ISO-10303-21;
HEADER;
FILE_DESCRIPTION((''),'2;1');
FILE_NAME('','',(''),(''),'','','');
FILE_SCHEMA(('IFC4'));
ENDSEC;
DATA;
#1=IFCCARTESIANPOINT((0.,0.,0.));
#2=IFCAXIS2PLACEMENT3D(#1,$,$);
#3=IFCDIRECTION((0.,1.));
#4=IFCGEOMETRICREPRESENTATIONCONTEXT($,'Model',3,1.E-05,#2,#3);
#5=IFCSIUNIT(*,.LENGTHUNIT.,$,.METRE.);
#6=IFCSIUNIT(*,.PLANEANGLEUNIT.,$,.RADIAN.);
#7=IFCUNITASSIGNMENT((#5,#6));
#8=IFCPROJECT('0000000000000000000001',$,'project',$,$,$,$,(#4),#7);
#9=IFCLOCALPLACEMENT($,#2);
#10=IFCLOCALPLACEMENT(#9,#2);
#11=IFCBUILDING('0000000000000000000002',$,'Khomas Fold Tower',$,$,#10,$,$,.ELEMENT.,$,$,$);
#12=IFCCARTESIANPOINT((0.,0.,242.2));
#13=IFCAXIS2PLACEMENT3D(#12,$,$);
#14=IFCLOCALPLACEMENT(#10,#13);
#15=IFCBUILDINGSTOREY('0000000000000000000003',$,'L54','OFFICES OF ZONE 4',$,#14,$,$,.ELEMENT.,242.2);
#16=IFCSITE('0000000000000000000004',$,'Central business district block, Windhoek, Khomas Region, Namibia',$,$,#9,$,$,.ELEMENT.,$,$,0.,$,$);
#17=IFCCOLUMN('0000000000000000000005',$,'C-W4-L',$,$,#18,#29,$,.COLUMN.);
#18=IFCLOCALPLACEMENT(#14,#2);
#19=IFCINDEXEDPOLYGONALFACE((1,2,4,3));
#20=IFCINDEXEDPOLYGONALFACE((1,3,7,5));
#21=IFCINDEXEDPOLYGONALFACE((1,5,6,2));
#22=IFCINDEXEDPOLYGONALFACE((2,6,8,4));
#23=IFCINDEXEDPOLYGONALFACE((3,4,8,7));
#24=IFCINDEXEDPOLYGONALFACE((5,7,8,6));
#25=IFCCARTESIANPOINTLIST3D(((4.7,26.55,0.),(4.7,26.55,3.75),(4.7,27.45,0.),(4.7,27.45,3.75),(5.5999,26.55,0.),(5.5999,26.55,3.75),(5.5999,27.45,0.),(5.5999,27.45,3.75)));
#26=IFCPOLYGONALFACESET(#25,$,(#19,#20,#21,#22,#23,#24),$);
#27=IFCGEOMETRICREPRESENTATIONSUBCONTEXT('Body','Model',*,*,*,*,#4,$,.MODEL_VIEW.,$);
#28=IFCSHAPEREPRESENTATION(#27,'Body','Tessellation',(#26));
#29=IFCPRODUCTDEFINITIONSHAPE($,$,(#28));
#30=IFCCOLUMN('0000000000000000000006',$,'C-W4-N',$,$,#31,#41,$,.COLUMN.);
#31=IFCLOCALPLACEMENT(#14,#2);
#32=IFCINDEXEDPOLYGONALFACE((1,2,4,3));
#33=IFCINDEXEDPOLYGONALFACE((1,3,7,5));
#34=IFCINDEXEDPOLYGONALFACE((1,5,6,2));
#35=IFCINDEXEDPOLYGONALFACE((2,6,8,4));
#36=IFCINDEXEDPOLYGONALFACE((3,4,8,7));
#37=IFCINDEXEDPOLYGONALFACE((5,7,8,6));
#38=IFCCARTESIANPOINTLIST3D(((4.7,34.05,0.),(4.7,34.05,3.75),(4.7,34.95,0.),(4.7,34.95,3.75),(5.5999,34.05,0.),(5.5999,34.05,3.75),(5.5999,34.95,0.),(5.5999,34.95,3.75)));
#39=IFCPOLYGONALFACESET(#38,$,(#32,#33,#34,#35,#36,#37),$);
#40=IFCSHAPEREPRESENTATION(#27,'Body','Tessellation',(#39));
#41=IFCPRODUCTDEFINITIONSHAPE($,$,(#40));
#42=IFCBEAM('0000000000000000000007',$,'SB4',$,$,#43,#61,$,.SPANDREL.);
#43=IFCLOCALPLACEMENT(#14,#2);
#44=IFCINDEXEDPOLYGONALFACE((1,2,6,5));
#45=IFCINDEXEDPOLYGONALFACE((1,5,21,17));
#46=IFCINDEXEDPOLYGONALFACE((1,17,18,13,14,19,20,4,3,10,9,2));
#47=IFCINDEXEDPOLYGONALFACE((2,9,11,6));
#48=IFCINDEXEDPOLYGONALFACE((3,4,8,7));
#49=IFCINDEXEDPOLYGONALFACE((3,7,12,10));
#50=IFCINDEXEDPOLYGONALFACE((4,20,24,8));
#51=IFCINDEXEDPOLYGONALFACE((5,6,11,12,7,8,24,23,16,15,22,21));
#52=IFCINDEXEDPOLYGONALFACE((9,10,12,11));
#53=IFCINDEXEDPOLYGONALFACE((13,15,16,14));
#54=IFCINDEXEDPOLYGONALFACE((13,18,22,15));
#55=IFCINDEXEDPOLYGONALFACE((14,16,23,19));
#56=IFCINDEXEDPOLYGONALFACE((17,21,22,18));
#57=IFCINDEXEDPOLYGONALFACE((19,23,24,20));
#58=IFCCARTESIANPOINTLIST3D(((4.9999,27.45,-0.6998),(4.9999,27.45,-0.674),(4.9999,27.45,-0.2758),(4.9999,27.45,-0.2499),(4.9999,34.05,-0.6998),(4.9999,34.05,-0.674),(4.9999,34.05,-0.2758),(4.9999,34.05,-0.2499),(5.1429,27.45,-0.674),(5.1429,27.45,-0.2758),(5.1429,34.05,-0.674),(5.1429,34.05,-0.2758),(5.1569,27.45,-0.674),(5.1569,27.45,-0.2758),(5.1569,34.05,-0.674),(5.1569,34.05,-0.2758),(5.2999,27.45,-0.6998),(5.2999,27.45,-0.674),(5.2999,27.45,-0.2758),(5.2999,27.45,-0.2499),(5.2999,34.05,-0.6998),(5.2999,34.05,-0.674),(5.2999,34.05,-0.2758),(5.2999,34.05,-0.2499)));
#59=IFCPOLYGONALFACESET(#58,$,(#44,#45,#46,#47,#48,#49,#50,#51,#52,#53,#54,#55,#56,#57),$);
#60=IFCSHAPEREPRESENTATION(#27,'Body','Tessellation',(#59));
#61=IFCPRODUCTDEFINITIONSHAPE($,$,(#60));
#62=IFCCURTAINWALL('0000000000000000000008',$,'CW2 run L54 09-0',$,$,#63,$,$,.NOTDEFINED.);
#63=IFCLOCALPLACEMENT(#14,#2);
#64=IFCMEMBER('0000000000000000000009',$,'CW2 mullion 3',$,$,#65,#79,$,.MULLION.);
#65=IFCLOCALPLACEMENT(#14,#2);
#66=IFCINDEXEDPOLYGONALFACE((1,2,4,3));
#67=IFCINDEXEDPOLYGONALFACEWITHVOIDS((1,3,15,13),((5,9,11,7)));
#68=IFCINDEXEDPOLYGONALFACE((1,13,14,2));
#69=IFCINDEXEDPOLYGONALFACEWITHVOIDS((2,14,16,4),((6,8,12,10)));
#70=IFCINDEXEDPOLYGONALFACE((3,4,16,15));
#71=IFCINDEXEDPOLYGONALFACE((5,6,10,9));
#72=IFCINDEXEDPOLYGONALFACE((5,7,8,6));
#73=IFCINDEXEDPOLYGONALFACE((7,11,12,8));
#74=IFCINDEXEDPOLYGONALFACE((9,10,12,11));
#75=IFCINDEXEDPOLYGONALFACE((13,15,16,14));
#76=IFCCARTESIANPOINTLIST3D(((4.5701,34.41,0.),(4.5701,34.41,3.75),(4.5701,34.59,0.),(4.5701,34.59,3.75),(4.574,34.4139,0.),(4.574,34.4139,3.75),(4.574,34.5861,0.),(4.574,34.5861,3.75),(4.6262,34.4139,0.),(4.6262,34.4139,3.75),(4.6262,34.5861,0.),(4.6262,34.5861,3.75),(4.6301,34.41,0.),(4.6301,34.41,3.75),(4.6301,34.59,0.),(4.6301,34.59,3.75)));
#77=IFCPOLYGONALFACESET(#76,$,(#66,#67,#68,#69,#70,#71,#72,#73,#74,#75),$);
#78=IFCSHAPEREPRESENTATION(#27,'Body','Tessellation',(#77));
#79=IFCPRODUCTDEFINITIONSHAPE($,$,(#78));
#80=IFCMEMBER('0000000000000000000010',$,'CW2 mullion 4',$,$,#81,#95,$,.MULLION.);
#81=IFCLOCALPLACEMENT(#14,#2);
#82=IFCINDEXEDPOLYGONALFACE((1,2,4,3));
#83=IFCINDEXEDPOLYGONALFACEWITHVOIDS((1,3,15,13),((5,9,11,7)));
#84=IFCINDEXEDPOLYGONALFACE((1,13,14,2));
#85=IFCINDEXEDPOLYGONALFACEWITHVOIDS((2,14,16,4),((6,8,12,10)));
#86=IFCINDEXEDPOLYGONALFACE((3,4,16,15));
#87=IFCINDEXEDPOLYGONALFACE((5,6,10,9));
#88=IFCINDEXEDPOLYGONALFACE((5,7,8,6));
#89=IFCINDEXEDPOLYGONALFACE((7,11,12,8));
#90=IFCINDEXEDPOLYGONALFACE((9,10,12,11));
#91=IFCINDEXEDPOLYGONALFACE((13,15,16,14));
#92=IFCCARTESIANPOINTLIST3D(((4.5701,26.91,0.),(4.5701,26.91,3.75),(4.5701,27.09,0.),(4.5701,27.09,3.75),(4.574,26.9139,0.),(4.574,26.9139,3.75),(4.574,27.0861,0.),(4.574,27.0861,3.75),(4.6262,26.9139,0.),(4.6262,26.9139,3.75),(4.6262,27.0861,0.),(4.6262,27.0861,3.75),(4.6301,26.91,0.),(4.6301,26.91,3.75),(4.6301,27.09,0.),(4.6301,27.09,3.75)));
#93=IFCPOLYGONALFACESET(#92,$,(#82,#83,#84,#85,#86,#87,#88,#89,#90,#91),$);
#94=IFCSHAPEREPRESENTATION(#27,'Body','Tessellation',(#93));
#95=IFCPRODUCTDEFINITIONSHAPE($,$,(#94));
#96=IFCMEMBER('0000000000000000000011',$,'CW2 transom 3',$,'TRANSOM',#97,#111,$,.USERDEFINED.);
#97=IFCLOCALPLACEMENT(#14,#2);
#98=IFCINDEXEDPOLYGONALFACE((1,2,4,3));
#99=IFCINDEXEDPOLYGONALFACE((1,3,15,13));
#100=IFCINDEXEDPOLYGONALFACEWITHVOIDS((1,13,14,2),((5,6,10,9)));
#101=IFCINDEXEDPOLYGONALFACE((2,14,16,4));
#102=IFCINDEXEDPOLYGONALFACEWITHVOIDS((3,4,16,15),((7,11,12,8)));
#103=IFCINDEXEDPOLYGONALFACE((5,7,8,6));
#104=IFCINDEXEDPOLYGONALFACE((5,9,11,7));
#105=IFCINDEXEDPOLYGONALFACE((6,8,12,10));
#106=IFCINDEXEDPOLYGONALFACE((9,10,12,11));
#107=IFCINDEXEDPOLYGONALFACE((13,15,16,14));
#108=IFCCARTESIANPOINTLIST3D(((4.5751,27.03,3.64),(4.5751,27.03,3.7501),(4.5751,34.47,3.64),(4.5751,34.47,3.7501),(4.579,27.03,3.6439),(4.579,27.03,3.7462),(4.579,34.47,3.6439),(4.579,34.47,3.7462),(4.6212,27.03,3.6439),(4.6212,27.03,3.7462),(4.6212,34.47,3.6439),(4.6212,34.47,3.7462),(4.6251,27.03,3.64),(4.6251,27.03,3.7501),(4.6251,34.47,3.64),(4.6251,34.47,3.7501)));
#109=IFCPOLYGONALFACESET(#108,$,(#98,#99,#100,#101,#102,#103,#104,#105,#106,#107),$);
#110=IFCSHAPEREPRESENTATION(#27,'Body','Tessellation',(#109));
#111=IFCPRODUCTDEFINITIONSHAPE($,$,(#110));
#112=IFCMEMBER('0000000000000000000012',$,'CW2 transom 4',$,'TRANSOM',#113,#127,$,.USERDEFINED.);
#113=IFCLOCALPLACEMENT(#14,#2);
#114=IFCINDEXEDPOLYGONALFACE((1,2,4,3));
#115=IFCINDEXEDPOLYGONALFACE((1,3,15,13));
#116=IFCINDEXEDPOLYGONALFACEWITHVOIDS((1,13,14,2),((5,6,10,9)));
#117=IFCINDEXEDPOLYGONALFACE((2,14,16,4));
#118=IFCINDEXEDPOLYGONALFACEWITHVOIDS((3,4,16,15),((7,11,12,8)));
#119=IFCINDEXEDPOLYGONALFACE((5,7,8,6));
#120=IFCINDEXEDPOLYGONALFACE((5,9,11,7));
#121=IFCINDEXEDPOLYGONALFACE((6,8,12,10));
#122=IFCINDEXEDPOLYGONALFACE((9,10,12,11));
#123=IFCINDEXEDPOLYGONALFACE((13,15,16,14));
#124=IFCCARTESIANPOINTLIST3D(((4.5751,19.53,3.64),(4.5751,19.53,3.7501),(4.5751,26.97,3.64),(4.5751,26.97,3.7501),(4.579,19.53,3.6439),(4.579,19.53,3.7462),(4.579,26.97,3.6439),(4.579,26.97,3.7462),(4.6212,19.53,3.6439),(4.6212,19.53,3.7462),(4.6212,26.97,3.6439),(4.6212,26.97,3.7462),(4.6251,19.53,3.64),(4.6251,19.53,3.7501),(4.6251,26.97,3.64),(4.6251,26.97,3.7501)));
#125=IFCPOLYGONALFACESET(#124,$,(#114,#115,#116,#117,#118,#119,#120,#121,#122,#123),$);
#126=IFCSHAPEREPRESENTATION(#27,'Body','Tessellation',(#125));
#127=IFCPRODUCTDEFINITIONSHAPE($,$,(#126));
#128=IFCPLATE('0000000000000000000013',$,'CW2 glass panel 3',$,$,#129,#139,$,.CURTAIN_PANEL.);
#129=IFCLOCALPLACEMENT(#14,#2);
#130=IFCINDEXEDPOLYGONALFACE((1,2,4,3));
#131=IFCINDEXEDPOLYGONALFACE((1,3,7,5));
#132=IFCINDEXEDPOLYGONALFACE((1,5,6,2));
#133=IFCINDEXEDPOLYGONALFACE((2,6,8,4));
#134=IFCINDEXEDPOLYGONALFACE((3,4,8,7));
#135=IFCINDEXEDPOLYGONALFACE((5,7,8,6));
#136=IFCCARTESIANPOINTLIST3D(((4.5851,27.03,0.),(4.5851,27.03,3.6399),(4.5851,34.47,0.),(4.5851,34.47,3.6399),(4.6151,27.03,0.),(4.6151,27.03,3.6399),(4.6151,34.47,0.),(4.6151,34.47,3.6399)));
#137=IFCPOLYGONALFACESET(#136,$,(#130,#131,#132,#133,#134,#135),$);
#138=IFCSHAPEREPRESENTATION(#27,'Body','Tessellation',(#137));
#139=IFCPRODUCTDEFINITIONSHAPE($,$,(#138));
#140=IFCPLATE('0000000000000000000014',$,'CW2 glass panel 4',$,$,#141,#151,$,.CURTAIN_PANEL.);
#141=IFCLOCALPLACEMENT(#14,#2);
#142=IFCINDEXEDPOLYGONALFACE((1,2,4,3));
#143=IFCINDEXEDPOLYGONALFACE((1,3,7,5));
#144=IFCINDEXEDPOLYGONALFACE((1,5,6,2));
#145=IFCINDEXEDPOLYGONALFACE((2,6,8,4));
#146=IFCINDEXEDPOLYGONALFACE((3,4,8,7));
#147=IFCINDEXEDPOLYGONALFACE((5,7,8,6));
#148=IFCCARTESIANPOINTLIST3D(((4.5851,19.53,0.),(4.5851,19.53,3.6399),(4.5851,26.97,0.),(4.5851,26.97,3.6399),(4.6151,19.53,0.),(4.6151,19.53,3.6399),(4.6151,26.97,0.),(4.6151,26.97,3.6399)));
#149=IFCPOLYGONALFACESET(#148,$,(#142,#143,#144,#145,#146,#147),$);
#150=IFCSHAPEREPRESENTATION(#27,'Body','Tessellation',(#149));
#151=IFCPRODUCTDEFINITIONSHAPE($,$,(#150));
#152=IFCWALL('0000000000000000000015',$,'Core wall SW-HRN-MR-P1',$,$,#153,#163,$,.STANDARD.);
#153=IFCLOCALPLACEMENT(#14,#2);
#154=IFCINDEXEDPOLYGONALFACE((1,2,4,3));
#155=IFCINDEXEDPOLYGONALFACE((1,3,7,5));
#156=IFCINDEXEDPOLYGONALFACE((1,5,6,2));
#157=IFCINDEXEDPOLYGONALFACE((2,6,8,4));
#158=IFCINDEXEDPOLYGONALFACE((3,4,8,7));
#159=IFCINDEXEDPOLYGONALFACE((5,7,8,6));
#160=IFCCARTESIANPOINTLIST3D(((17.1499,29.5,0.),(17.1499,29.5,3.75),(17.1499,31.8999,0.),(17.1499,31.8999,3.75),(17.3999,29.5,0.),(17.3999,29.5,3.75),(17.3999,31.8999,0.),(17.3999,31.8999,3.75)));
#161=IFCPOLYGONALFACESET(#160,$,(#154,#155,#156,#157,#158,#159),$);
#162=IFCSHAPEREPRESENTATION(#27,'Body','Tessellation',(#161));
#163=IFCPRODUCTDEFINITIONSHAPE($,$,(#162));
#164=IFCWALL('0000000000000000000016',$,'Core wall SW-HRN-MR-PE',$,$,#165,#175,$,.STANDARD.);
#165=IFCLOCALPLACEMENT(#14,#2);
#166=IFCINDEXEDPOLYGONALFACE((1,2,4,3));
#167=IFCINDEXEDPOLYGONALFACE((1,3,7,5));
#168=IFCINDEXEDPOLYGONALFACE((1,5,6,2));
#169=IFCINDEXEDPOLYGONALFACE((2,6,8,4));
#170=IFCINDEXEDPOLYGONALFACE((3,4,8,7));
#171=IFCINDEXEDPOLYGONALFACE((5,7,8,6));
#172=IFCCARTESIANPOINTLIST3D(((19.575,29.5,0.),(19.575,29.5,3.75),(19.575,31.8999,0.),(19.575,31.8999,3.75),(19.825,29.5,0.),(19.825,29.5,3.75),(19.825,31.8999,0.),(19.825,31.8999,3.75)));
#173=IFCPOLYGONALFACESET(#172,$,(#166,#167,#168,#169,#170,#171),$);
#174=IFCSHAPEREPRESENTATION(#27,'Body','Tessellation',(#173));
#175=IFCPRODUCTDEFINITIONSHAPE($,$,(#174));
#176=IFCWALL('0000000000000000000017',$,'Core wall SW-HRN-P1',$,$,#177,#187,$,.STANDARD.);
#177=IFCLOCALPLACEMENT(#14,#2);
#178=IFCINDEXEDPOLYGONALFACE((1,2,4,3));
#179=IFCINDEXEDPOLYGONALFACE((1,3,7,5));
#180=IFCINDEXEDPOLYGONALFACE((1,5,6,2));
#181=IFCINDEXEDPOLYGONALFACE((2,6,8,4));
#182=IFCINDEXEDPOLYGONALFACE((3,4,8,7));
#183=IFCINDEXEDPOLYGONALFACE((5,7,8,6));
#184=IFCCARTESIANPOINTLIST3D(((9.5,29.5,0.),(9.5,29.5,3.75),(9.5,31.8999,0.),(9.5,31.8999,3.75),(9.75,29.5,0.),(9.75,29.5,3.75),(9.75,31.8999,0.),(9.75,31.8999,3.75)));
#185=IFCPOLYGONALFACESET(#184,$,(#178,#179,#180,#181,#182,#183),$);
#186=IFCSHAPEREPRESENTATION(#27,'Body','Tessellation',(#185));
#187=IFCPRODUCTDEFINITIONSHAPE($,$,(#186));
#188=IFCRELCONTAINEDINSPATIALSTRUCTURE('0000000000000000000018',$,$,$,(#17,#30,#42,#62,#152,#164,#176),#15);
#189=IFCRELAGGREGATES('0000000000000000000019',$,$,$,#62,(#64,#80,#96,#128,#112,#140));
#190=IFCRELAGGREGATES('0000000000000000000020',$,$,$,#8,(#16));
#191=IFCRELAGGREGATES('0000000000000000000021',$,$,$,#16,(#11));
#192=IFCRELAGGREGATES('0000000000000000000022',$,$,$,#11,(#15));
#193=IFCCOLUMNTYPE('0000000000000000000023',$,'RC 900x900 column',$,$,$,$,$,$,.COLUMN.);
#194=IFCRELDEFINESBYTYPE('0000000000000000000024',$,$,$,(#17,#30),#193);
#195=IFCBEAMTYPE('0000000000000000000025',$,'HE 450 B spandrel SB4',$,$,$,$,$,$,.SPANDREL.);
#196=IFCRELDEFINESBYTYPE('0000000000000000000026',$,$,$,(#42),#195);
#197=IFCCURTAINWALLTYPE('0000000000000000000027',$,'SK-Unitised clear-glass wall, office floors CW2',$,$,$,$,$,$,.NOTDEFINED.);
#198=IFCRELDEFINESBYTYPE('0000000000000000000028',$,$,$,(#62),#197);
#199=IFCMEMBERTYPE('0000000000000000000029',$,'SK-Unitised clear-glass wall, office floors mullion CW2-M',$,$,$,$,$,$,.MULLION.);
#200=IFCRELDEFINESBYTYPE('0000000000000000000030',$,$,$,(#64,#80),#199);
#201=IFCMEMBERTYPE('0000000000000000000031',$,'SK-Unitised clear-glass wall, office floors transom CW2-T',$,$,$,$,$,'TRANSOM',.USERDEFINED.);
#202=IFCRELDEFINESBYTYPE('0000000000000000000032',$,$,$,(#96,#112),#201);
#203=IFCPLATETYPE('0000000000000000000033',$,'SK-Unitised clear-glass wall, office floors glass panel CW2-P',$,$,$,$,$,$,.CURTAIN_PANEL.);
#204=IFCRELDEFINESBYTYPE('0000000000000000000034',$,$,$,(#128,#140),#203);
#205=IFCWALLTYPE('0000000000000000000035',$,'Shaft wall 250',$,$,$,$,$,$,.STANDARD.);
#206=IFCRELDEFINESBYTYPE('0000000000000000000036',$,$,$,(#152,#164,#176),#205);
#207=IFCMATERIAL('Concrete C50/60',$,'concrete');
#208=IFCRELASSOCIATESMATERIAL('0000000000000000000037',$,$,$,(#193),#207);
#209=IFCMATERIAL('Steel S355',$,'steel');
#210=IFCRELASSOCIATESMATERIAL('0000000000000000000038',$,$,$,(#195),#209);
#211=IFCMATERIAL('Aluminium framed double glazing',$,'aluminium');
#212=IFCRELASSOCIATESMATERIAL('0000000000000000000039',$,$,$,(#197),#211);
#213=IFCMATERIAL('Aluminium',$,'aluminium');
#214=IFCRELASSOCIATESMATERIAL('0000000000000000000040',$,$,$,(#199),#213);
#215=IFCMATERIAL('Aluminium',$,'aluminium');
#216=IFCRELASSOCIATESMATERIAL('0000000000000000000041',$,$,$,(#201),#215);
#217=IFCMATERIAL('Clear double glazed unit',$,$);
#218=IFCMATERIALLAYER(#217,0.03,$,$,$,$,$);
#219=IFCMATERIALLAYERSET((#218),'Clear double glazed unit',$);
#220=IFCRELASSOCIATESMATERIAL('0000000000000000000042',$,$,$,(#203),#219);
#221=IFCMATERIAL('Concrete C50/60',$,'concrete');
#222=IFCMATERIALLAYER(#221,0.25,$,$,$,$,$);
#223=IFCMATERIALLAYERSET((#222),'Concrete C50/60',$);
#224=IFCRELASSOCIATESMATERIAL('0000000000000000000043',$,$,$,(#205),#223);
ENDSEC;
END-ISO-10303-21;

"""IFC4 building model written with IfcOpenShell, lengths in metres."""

from ifc_helpers import new_model, si_unit, direction, frame, frame_2d, origin, origin_2d, place, context, subcontext, project, spatial, rectangle, hollow_rectangle, i_section, extrude, source, transform, mapped, material, layer, layer_set, material_profile, profile_set, type_object, element, aggregate, save


model = new_model("IFC4")

# Units and contexts
model_context = context("Model", 3, precision=1e-05, world=origin(), true_north=direction((0.0, 1.0)))
body_context = subcontext(model_context, "Body", "Model", "MODEL_VIEW")
ifc_project = project(units=[si_unit("LENGTHUNIT", "METRE"), si_unit("PLANEANGLEUNIT", "RADIAN")], contexts=[model_context])

# Site, building, storey
site_placement = place(None, origin())
site = spatial("IfcSite", under=ifc_project, at=site_placement, Name="Central business district block, Windhoek, Khomas Region, Namibia", CompositionType="ELEMENT", RefElevation=0.0)
building_placement = place(site_placement, origin())
building = spatial("IfcBuilding", under=site, at=building_placement, Name="Khomas Fold Tower", CompositionType="ELEMENT")
storey_placement = place(building_placement, frame((0.0, 0.0, 242.2)))
storey = spatial("IfcBuildingStorey", under=building, at=storey_placement, Name="L54", Description="OFFICES OF ZONE 4", CompositionType="ELEMENT", Elevation=242.2)

# Columns
ifc_material_1 = material(Name="Concrete C50/60", Category="concrete")
ifc_material_profile_1 = material_profile(ifc_material_1, rectangle(XDim=0.8999, YDim=0.8999, at=origin_2d()), Name="RC 900x900")
ifc_profile_set_1 = profile_set([ifc_material_profile_1], Name="Concrete C50/60")
column_type = type_object("IfcColumnType", Name="RC 900x900 column", PredefinedType="COLUMN", material=ifc_profile_set_1)
shared_shape_1 = source(origin(), body_context, "Body", "SweptSolid", [
    extrude(rectangle(XDim=0.8999, YDim=0.8999, at=origin_2d()), origin(), (0.0, 0.0, 1.0), 3.75),
])
for number, where, z_axis, x_axis, name in (
    (1, (5.1499, 27.0, 0.0), (0.0, 0.0, 1.0), (1.0, 0.0, 0.0), "C-W4-L"),
    (2, (5.1499, 34.5, 0.0), (0.0, 0.0, 1.0), (1.0, 0.0, 0.0), "C-W4-N"),
):
    element("IfcColumn", number, at=place(storey_placement, frame(where, z_axis=z_axis, x_axis=x_axis)), inside=storey, type_object=column_type, Name=name, PredefinedType="COLUMN", context=body_context, shape_type="MappedRepresentation", body=[
        mapped(shared_shape_1, transform((0.0, 0.0, 0.0))),
    ])

# Beam
ifc_material_2 = material(Name="Steel S355", Category="steel")
ifc_material_profile_2 = material_profile(ifc_material_2, i_section(OverallWidth=0.3, OverallDepth=0.45, WebThickness=0.0139, FlangeThickness=0.0259, at=origin_2d()), Name="HE 450 B")
ifc_profile_set_2 = profile_set([ifc_material_profile_2], Name="Steel S355")
beam_type = type_object("IfcBeamType", Name="HE 450 B spandrel SB4", PredefinedType="SPANDREL", material=ifc_profile_set_2)
shared_shape_2 = source(origin(), body_context, "Body", "SweptSolid", [
    extrude(i_section(OverallWidth=0.3, OverallDepth=0.45, WebThickness=0.0139, FlangeThickness=0.0259, at=origin_2d()), origin(), (0.0, 0.0, 1.0), 6.6001),
])
beam_placement = place(storey_placement, frame((5.1499, 27.45, -0.4749), z_axis=(0.0, 1.0, 0.0), x_axis=(-1.0, 0.0, 0.0)))
element("IfcBeam", 3, at=beam_placement, inside=storey, type_object=beam_type, Name="SB4", PredefinedType="SPANDREL", context=body_context, shape_type="MappedRepresentation", body=[
    mapped(shared_shape_2, transform((0.0, 0.0, 0.0))),
])

# Curtain wall, members, plates
ifc_material_3 = material(Name="Aluminium framed double glazing", Category="aluminium")
curtain_wall_type = type_object("IfcCurtainWallType", Name="SK-Unitised clear-glass wall, office floors CW2", PredefinedType="NOTDEFINED", material=ifc_material_3)
curtain_wall_placement = place(storey_placement, origin())
curtain_wall = element("IfcCurtainWall", 4, at=curtain_wall_placement, inside=storey, type_object=curtain_wall_type, Name="CW2 run L54 09-0", PredefinedType="NOTDEFINED")
ifc_material_4 = material(Name="Aluminium", Category="aluminium")
ifc_material_profile_3 = material_profile(ifc_material_4, hollow_rectangle(XDim=0.0601, YDim=0.1799, WallThickness=0.0039, at=origin_2d()), Name="SK-Unitised clear-glass wall, office floors mullion CW2-M")
ifc_profile_set_3 = profile_set([ifc_material_profile_3], Name="Aluminium")
member_type_1 = type_object("IfcMemberType", Name="SK-Unitised clear-glass wall, office floors mullion CW2-M", PredefinedType="MULLION", material=ifc_profile_set_3)
shared_shape_3 = source(origin(), body_context, "Body", "SweptSolid", [
    extrude(hollow_rectangle(XDim=0.0601, YDim=0.1799, WallThickness=0.0039, at=origin_2d()), origin(), (0.0, 0.0, 1.0), 3.75),
])
member_1_placement = place(storey_placement, frame((4.6001, 34.5, 0.0), z_axis=(0.0, 0.0, 1.0), x_axis=(1.0, 0.0, 0.0)))
member_1 = element("IfcMember", 5, at=member_1_placement, type_object=member_type_1, Name="CW2 mullion 3", PredefinedType="MULLION", context=body_context, shape_type="MappedRepresentation", body=[
    mapped(shared_shape_3, transform((0.0, 0.0, 0.0))),
])
member_2_placement = place(storey_placement, frame((4.6001, 27.0, 0.0), z_axis=(0.0, 0.0, 1.0), x_axis=(1.0, 0.0, 0.0)))
member_2 = element("IfcMember", 6, at=member_2_placement, type_object=member_type_1, Name="CW2 mullion 4", PredefinedType="MULLION", context=body_context, shape_type="MappedRepresentation", body=[
    mapped(shared_shape_3, transform((0.0, 0.0, 0.0))),
])
ifc_material_5 = material(Name="Aluminium", Category="aluminium")
ifc_material_profile_4 = material_profile(ifc_material_5, hollow_rectangle(XDim=0.05, YDim=0.1101, WallThickness=0.0039, at=origin_2d()), Name="SK-Unitised clear-glass wall, office floors transom CW2-T")
ifc_profile_set_4 = profile_set([ifc_material_profile_4], Name="Aluminium")
member_type_2 = type_object("IfcMemberType", Name="SK-Unitised clear-glass wall, office floors transom CW2-T", ElementType="TRANSOM", PredefinedType="USERDEFINED", material=ifc_profile_set_4)
shared_shape_4 = source(origin(), body_context, "Body", "SweptSolid", [
    extrude(hollow_rectangle(XDim=0.05, YDim=0.1101, WallThickness=0.0039, at=origin_2d()), origin(), (0.0, 0.0, 1.0), 7.4399),
])
member_3_placement = place(storey_placement, frame((4.6001, 34.47, 3.6951), z_axis=(0.0, -1.0, 0.0), x_axis=(1.0, 0.0, 0.0)))
member_3 = element("IfcMember", 7, at=member_3_placement, type_object=member_type_2, Name="CW2 transom 3", ObjectType="TRANSOM", PredefinedType="USERDEFINED", context=body_context, shape_type="MappedRepresentation", body=[
    mapped(shared_shape_4, transform((0.0, 0.0, 0.0))),
])
member_4_placement = place(storey_placement, frame((4.6001, 26.97, 3.6951), z_axis=(0.0, -1.0, 0.0), x_axis=(1.0, 0.0, 0.0)))
member_4 = element("IfcMember", 8, at=member_4_placement, type_object=member_type_2, Name="CW2 transom 4", ObjectType="TRANSOM", PredefinedType="USERDEFINED", context=body_context, shape_type="MappedRepresentation", body=[
    mapped(shared_shape_4, transform((0.0, 0.0, 0.0))),
])
ifc_material_6 = material(Name="Clear double glazed unit")
ifc_layer_1 = layer(ifc_material_6, 0.03)
ifc_layer_set_1 = layer_set([ifc_layer_1], Name="Clear double glazed unit")
plate_type = type_object("IfcPlateType", Name="SK-Unitised clear-glass wall, office floors glass panel CW2-P", PredefinedType="CURTAIN_PANEL", material=ifc_layer_set_1)
shared_shape_5 = source(origin(), body_context, "Body", "SweptSolid", [
    extrude(rectangle(XDim=7.4399, YDim=0.03, at=origin_2d()), origin(), (0.0, 0.0, 1.0), 3.6399),
])
plate_1_placement = place(storey_placement, frame((4.6001, 30.75, 0.0), z_axis=(0.0, 0.0, 1.0), x_axis=(0.0, -1.0, 0.0)))
plate_1 = element("IfcPlate", 9, at=plate_1_placement, type_object=plate_type, Name="CW2 glass panel 3", PredefinedType="CURTAIN_PANEL", context=body_context, shape_type="MappedRepresentation", body=[
    mapped(shared_shape_5, transform((0.0, 0.0, 0.0))),
])
plate_2_placement = place(storey_placement, frame((4.6001, 23.25, 0.0), z_axis=(0.0, 0.0, 1.0), x_axis=(0.0, -1.0, 0.0)))
plate_2 = element("IfcPlate", 10, at=plate_2_placement, type_object=plate_type, Name="CW2 glass panel 4", PredefinedType="CURTAIN_PANEL", context=body_context, shape_type="MappedRepresentation", body=[
    mapped(shared_shape_5, transform((0.0, 0.0, 0.0))),
])
aggregate(curtain_wall, [member_1, member_2, member_3, plate_1, member_4, plate_2])

# Walls
ifc_material_7 = material(Name="Concrete C50/60", Category="concrete")
ifc_layer_2 = layer(ifc_material_7, 0.25)
ifc_layer_set_2 = layer_set([ifc_layer_2], Name="Concrete C50/60")
wall_type_1 = type_object("IfcWallType", Name="Shaft wall 250", PredefinedType="STANDARD", material=ifc_layer_set_2)
shared_shape_6 = source(origin(), body_context, "Body", "SweptSolid", [
    extrude(rectangle(XDim=2.3999, YDim=0.25, at=frame_2d((1.2, 0.0))), origin(), (0.0, 0.0, 1.0), 3.75),
])
for number, where, z_axis, x_axis, name in (
    (11, (17.2749, 29.5, 0.0), (0.0, 0.0, 1.0), (0.0, 1.0, 0.0), "Core wall SW-HRN-MR-P1"),
    (12, (19.7, 29.5, 0.0), (0.0, 0.0, 1.0), (0.0, 1.0, 0.0), "Core wall SW-HRN-MR-PE"),
    (13, (9.625, 29.5, 0.0), (0.0, 0.0, 1.0), (0.0, 1.0, 0.0), "Core wall SW-HRN-P1"),
):
    element("IfcWall", number, at=place(storey_placement, frame(where, z_axis=z_axis, x_axis=x_axis)), inside=storey, type_object=wall_type_1, Name=name, PredefinedType="STANDARD", context=body_context, shape_type="MappedRepresentation", body=[
        mapped(shared_shape_6, transform((0.0, 0.0, 0.0))),
    ])

save(model, "model.ifc")
